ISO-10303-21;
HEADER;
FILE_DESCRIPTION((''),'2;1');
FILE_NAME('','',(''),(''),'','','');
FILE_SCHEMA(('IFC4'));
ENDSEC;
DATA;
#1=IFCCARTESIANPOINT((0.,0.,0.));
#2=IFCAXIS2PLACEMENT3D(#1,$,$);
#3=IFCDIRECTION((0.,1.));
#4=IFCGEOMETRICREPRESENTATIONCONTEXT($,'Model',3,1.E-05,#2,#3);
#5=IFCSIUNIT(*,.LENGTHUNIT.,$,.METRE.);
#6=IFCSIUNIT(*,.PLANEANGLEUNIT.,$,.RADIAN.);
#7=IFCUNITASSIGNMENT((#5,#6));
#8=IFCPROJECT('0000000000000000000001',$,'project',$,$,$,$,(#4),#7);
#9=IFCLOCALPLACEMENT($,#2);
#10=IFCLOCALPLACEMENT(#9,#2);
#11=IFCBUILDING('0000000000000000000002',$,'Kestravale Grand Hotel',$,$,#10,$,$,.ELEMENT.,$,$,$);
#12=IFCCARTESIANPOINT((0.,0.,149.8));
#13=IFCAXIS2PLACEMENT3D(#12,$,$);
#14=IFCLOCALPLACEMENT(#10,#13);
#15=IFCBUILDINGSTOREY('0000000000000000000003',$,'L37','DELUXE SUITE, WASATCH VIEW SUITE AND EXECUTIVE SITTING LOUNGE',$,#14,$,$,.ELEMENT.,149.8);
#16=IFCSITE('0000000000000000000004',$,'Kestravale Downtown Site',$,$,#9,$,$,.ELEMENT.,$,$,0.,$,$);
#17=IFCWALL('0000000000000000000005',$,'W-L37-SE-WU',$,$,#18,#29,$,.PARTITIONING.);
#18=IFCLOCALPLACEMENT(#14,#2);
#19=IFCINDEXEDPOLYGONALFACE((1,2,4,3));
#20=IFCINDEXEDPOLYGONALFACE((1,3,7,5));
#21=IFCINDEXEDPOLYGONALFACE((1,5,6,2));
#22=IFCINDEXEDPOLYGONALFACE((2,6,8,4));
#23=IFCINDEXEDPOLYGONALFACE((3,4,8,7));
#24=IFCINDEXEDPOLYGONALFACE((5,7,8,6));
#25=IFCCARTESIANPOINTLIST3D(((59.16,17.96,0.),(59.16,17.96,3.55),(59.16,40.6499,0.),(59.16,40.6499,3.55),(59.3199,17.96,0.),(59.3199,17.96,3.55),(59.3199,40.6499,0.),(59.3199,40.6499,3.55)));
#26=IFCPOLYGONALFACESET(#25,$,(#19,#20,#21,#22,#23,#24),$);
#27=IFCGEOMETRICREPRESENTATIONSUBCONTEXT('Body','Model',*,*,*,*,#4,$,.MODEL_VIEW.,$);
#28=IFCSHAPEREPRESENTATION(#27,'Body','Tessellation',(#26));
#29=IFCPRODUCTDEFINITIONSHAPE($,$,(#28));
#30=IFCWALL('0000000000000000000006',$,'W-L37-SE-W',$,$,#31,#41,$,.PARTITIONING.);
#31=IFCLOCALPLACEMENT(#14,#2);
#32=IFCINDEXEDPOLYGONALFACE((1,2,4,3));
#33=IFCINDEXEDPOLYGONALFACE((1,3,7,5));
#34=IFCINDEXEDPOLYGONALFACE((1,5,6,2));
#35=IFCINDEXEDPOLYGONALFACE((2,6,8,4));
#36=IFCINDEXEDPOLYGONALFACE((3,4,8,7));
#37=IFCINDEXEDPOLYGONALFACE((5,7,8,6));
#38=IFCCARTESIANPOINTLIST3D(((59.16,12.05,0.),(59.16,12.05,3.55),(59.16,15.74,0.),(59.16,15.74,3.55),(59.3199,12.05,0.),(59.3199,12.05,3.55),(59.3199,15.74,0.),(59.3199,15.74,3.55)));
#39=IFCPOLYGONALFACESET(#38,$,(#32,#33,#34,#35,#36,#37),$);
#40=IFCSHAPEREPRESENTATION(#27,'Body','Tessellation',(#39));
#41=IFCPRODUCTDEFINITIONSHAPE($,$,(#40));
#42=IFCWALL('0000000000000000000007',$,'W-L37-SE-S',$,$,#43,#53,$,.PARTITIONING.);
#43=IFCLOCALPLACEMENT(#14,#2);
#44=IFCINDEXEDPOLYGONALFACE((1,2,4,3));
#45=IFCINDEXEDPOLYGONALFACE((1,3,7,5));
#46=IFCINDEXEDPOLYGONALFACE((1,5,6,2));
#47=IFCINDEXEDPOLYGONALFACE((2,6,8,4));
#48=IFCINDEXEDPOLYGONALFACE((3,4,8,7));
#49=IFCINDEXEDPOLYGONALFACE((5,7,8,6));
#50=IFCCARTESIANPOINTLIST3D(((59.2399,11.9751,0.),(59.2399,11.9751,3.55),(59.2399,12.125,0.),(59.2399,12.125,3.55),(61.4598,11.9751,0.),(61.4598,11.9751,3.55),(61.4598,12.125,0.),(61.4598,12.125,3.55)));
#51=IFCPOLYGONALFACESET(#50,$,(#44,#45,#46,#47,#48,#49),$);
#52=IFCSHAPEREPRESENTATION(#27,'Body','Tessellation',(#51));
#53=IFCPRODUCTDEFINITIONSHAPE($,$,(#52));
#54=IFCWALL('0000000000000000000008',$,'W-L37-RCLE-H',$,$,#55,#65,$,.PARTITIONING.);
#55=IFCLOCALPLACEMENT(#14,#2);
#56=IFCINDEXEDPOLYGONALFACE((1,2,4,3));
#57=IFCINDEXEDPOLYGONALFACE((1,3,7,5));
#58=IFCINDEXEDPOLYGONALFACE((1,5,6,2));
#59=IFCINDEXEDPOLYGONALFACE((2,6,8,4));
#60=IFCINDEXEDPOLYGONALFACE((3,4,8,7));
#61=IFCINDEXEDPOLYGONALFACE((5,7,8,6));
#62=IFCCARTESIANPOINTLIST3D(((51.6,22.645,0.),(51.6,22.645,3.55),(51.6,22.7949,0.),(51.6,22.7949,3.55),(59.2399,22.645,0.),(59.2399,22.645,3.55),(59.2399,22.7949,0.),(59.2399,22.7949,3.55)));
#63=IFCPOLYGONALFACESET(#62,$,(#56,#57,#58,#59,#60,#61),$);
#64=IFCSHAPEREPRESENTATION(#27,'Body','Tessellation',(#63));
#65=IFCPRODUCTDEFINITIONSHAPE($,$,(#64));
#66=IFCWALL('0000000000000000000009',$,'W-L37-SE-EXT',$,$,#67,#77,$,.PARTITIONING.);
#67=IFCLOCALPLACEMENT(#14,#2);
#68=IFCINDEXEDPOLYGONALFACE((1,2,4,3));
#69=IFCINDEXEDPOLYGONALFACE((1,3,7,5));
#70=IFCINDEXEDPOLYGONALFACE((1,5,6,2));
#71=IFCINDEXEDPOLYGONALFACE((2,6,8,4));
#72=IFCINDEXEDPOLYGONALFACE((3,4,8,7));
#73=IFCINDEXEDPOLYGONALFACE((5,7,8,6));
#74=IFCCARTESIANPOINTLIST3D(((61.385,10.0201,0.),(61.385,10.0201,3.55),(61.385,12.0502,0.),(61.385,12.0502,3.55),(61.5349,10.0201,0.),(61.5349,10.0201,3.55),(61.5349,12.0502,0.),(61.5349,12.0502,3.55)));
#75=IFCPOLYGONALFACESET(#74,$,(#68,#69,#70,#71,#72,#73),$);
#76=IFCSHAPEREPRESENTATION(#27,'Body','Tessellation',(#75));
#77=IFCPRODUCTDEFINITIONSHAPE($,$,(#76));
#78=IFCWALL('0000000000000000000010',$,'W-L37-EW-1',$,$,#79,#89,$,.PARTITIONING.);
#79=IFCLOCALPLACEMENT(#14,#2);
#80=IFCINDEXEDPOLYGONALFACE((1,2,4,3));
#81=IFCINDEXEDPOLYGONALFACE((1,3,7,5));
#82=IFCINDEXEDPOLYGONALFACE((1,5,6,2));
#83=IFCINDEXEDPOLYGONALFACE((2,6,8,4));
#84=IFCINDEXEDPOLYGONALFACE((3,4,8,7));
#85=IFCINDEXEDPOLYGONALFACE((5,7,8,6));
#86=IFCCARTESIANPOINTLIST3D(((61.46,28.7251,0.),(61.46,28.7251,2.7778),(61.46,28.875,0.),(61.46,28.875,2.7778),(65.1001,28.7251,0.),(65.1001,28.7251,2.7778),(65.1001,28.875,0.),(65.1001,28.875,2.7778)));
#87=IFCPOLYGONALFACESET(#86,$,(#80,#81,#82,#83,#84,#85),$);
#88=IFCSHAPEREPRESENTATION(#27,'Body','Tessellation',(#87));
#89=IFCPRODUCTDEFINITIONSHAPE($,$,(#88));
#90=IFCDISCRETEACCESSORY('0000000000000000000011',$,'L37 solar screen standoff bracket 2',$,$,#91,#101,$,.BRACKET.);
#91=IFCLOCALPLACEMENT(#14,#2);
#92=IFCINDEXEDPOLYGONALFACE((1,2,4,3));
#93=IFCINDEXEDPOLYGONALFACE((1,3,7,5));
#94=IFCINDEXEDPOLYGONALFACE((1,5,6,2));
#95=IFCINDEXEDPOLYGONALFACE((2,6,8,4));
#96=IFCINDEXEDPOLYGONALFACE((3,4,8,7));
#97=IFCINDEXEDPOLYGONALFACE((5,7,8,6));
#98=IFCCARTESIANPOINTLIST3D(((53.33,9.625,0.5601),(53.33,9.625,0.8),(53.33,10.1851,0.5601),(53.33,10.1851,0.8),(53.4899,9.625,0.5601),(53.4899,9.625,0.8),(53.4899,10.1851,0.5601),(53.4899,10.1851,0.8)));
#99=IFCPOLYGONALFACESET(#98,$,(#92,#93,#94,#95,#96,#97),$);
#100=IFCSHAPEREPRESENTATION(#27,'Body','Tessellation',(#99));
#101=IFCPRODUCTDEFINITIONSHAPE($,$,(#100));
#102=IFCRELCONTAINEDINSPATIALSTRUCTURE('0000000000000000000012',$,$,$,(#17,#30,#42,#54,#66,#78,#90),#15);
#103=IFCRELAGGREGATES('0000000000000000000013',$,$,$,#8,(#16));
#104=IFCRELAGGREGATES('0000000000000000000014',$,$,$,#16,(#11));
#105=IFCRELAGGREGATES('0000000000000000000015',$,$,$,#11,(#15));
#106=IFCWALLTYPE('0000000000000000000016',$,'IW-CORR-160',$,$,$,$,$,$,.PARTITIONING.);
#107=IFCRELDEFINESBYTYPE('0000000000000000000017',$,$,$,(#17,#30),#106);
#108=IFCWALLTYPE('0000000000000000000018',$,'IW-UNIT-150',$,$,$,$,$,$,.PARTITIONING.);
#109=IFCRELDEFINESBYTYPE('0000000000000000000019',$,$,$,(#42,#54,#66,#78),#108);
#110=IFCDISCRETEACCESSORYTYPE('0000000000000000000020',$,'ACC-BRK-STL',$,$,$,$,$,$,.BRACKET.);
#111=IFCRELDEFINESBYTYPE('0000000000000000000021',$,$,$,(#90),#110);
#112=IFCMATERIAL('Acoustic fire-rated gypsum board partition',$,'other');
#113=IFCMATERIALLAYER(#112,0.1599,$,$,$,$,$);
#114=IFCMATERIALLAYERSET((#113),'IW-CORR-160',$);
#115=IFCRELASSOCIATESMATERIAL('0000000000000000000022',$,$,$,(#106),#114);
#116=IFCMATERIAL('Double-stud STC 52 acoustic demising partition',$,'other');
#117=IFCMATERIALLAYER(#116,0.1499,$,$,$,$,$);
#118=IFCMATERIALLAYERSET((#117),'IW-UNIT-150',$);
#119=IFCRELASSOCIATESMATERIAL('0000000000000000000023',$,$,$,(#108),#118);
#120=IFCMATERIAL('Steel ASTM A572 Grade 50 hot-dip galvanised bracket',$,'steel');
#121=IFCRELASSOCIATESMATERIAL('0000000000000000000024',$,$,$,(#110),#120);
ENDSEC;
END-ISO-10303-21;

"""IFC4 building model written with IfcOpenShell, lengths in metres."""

from ifc_helpers import new_model, si_unit, direction, frame, frame_2d, origin, origin_2d, place, context, subcontext, project, spatial, rectangle, extrude, material, layer, layer_set, type_object, element, save


model = new_model("IFC4")

# Units and contexts
model_context = context("Model", 3, precision=1e-05, world=origin(), true_north=direction((0.0, 1.0)))
body_context = subcontext(model_context, "Body", "Model", "MODEL_VIEW")
ifc_project = project(units=[si_unit("LENGTHUNIT", "METRE"), si_unit("PLANEANGLEUNIT", "RADIAN")], contexts=[model_context])

# Site, building, storey
site_placement = place(None, origin())
site = spatial("IfcSite", under=ifc_project, at=site_placement, Name="Kestravale Downtown Site", CompositionType="ELEMENT", RefElevation=0.0)
building_placement = place(site_placement, origin())
building = spatial("IfcBuilding", under=site, at=building_placement, Name="Kestravale Grand Hotel", CompositionType="ELEMENT")
storey_placement = place(building_placement, frame((0.0, 0.0, 149.8)))
storey = spatial("IfcBuildingStorey", under=building, at=storey_placement, Name="L37", Description="DELUXE SUITE, WASATCH VIEW SUITE AND EXECUTIVE SITTING LOUNGE", CompositionType="ELEMENT", Elevation=149.8)

# Shared definitions
ifc_material_1 = material(Name="Acoustic fire-rated gypsum board partition", Category="other")
ifc_layer_1 = layer(ifc_material_1, 0.1599)
ifc_layer_set_1 = layer_set([ifc_layer_1], Name="IW-CORR-160")
wall_type_1 = type_object("IfcWallType", Name="IW-CORR-160", PredefinedType="PARTITIONING", material=ifc_layer_set_1)

# Walls
wall_1_placement = place(storey_placement, frame((59.24, 17.96, 0.0), z_axis=(0.0, 0.0, 1.0), x_axis=(0.0, 1.0, 0.0)))
element("IfcWall", 1, at=wall_1_placement, inside=storey, type_object=wall_type_1, Name="W-L37-SE-WU", PredefinedType="PARTITIONING", context=body_context, shape_type="SweptSolid", body=[
    extrude(rectangle(XDim=22.6899, YDim=0.1599, at=frame_2d((11.345, 0.0))), origin(), (0.0, 0.0, 1.0), 3.55),
])
wall_2_placement = place(storey_placement, frame((59.24, 12.05, 0.0), z_axis=(0.0, 0.0, 1.0), x_axis=(0.0, 1.0, 0.0)))
element("IfcWall", 2, at=wall_2_placement, inside=storey, type_object=wall_type_1, Name="W-L37-SE-W", PredefinedType="PARTITIONING", context=body_context, shape_type="SweptSolid", body=[
    extrude(rectangle(XDim=3.6899, YDim=0.1599, at=frame_2d((1.845, 0.0))), origin(), (0.0, 0.0, 1.0), 3.55),
])
ifc_material_2 = material(Name="Double-stud STC 52 acoustic demising partition", Category="other")
ifc_layer_2 = layer(ifc_material_2, 0.1499)
ifc_layer_set_2 = layer_set([ifc_layer_2], Name="IW-UNIT-150")
wall_type_2 = type_object("IfcWallType", Name="IW-UNIT-150", PredefinedType="PARTITIONING", material=ifc_layer_set_2)
wall_3_placement = place(storey_placement, frame((59.24, 12.05, 0.0), z_axis=(0.0, 0.0, 1.0), x_axis=(1.0, 0.0, 0.0)))
element("IfcWall", 3, at=wall_3_placement, inside=storey, type_object=wall_type_2, Name="W-L37-SE-S", PredefinedType="PARTITIONING", context=body_context, shape_type="SweptSolid", body=[
    extrude(rectangle(XDim=2.22, YDim=0.1499, at=frame_2d((1.1099, 0.0))), origin(), (0.0, 0.0, 1.0), 3.55),
])
wall_4_placement = place(storey_placement, frame((51.6001, 22.72, 0.0), z_axis=(0.0, 0.0, 1.0), x_axis=(1.0, 0.0, 0.0)))
element("IfcWall", 4, at=wall_4_placement, inside=storey, type_object=wall_type_2, Name="W-L37-RCLE-H", PredefinedType="PARTITIONING", context=body_context, shape_type="SweptSolid", body=[
    extrude(rectangle(XDim=7.6399, YDim=0.1499, at=frame_2d((3.8198, 0.0))), origin(), (0.0, 0.0, 1.0), 3.55),
])
wall_5_placement = place(storey_placement, frame((61.46, 10.02, 0.0), z_axis=(0.0, 0.0, 1.0), x_axis=(0.0, 1.0, 0.0)))
element("IfcWall", 5, at=wall_5_placement, inside=storey, type_object=wall_type_2, Name="W-L37-SE-EXT", PredefinedType="PARTITIONING", context=body_context, shape_type="SweptSolid", body=[
    extrude(rectangle(XDim=2.03, YDim=0.1499, at=frame_2d((1.0151, 0.0))), origin(), (0.0, 0.0, 1.0), 3.55),
])
wall_6_placement = place(storey_placement, frame((61.46, 28.8, 0.0), z_axis=(0.0, 0.0, 1.0), x_axis=(1.0, 0.0, 0.0)))
element("IfcWall", 6, at=wall_6_placement, inside=storey, type_object=wall_type_2, Name="W-L37-EW-1", PredefinedType="PARTITIONING", context=body_context, shape_type="SweptSolid", body=[
    extrude(rectangle(XDim=3.6401, YDim=0.1499, at=frame_2d((1.8201, 0.0))), origin(), (0.0, 0.0, 1.0), 2.7778),
])

# Discrete accessory
ifc_material_3 = material(Name="Steel ASTM A572 Grade 50 hot-dip galvanised bracket", Category="steel")
discrete_accessory_type = type_object("IfcDiscreteAccessoryType", Name="ACC-BRK-STL", PredefinedType="BRACKET", material=ifc_material_3)
discrete_accessory_placement = place(storey_placement, frame((53.4099, 9.905, 0.5601), z_axis=(0.0, 0.0, 1.0), x_axis=(1.0, 0.0, 0.0)))
element("IfcDiscreteAccessory", 7, at=discrete_accessory_placement, inside=storey, type_object=discrete_accessory_type, Name="L37 solar screen standoff bracket 2", PredefinedType="BRACKET", context=body_context, shape_type="SweptSolid", body=[
    extrude(rectangle(XDim=0.1599, YDim=0.5601, at=origin_2d()), origin(), (0.0, 0.0, 1.0), 0.24),
])

save(model, "model.ifc")
